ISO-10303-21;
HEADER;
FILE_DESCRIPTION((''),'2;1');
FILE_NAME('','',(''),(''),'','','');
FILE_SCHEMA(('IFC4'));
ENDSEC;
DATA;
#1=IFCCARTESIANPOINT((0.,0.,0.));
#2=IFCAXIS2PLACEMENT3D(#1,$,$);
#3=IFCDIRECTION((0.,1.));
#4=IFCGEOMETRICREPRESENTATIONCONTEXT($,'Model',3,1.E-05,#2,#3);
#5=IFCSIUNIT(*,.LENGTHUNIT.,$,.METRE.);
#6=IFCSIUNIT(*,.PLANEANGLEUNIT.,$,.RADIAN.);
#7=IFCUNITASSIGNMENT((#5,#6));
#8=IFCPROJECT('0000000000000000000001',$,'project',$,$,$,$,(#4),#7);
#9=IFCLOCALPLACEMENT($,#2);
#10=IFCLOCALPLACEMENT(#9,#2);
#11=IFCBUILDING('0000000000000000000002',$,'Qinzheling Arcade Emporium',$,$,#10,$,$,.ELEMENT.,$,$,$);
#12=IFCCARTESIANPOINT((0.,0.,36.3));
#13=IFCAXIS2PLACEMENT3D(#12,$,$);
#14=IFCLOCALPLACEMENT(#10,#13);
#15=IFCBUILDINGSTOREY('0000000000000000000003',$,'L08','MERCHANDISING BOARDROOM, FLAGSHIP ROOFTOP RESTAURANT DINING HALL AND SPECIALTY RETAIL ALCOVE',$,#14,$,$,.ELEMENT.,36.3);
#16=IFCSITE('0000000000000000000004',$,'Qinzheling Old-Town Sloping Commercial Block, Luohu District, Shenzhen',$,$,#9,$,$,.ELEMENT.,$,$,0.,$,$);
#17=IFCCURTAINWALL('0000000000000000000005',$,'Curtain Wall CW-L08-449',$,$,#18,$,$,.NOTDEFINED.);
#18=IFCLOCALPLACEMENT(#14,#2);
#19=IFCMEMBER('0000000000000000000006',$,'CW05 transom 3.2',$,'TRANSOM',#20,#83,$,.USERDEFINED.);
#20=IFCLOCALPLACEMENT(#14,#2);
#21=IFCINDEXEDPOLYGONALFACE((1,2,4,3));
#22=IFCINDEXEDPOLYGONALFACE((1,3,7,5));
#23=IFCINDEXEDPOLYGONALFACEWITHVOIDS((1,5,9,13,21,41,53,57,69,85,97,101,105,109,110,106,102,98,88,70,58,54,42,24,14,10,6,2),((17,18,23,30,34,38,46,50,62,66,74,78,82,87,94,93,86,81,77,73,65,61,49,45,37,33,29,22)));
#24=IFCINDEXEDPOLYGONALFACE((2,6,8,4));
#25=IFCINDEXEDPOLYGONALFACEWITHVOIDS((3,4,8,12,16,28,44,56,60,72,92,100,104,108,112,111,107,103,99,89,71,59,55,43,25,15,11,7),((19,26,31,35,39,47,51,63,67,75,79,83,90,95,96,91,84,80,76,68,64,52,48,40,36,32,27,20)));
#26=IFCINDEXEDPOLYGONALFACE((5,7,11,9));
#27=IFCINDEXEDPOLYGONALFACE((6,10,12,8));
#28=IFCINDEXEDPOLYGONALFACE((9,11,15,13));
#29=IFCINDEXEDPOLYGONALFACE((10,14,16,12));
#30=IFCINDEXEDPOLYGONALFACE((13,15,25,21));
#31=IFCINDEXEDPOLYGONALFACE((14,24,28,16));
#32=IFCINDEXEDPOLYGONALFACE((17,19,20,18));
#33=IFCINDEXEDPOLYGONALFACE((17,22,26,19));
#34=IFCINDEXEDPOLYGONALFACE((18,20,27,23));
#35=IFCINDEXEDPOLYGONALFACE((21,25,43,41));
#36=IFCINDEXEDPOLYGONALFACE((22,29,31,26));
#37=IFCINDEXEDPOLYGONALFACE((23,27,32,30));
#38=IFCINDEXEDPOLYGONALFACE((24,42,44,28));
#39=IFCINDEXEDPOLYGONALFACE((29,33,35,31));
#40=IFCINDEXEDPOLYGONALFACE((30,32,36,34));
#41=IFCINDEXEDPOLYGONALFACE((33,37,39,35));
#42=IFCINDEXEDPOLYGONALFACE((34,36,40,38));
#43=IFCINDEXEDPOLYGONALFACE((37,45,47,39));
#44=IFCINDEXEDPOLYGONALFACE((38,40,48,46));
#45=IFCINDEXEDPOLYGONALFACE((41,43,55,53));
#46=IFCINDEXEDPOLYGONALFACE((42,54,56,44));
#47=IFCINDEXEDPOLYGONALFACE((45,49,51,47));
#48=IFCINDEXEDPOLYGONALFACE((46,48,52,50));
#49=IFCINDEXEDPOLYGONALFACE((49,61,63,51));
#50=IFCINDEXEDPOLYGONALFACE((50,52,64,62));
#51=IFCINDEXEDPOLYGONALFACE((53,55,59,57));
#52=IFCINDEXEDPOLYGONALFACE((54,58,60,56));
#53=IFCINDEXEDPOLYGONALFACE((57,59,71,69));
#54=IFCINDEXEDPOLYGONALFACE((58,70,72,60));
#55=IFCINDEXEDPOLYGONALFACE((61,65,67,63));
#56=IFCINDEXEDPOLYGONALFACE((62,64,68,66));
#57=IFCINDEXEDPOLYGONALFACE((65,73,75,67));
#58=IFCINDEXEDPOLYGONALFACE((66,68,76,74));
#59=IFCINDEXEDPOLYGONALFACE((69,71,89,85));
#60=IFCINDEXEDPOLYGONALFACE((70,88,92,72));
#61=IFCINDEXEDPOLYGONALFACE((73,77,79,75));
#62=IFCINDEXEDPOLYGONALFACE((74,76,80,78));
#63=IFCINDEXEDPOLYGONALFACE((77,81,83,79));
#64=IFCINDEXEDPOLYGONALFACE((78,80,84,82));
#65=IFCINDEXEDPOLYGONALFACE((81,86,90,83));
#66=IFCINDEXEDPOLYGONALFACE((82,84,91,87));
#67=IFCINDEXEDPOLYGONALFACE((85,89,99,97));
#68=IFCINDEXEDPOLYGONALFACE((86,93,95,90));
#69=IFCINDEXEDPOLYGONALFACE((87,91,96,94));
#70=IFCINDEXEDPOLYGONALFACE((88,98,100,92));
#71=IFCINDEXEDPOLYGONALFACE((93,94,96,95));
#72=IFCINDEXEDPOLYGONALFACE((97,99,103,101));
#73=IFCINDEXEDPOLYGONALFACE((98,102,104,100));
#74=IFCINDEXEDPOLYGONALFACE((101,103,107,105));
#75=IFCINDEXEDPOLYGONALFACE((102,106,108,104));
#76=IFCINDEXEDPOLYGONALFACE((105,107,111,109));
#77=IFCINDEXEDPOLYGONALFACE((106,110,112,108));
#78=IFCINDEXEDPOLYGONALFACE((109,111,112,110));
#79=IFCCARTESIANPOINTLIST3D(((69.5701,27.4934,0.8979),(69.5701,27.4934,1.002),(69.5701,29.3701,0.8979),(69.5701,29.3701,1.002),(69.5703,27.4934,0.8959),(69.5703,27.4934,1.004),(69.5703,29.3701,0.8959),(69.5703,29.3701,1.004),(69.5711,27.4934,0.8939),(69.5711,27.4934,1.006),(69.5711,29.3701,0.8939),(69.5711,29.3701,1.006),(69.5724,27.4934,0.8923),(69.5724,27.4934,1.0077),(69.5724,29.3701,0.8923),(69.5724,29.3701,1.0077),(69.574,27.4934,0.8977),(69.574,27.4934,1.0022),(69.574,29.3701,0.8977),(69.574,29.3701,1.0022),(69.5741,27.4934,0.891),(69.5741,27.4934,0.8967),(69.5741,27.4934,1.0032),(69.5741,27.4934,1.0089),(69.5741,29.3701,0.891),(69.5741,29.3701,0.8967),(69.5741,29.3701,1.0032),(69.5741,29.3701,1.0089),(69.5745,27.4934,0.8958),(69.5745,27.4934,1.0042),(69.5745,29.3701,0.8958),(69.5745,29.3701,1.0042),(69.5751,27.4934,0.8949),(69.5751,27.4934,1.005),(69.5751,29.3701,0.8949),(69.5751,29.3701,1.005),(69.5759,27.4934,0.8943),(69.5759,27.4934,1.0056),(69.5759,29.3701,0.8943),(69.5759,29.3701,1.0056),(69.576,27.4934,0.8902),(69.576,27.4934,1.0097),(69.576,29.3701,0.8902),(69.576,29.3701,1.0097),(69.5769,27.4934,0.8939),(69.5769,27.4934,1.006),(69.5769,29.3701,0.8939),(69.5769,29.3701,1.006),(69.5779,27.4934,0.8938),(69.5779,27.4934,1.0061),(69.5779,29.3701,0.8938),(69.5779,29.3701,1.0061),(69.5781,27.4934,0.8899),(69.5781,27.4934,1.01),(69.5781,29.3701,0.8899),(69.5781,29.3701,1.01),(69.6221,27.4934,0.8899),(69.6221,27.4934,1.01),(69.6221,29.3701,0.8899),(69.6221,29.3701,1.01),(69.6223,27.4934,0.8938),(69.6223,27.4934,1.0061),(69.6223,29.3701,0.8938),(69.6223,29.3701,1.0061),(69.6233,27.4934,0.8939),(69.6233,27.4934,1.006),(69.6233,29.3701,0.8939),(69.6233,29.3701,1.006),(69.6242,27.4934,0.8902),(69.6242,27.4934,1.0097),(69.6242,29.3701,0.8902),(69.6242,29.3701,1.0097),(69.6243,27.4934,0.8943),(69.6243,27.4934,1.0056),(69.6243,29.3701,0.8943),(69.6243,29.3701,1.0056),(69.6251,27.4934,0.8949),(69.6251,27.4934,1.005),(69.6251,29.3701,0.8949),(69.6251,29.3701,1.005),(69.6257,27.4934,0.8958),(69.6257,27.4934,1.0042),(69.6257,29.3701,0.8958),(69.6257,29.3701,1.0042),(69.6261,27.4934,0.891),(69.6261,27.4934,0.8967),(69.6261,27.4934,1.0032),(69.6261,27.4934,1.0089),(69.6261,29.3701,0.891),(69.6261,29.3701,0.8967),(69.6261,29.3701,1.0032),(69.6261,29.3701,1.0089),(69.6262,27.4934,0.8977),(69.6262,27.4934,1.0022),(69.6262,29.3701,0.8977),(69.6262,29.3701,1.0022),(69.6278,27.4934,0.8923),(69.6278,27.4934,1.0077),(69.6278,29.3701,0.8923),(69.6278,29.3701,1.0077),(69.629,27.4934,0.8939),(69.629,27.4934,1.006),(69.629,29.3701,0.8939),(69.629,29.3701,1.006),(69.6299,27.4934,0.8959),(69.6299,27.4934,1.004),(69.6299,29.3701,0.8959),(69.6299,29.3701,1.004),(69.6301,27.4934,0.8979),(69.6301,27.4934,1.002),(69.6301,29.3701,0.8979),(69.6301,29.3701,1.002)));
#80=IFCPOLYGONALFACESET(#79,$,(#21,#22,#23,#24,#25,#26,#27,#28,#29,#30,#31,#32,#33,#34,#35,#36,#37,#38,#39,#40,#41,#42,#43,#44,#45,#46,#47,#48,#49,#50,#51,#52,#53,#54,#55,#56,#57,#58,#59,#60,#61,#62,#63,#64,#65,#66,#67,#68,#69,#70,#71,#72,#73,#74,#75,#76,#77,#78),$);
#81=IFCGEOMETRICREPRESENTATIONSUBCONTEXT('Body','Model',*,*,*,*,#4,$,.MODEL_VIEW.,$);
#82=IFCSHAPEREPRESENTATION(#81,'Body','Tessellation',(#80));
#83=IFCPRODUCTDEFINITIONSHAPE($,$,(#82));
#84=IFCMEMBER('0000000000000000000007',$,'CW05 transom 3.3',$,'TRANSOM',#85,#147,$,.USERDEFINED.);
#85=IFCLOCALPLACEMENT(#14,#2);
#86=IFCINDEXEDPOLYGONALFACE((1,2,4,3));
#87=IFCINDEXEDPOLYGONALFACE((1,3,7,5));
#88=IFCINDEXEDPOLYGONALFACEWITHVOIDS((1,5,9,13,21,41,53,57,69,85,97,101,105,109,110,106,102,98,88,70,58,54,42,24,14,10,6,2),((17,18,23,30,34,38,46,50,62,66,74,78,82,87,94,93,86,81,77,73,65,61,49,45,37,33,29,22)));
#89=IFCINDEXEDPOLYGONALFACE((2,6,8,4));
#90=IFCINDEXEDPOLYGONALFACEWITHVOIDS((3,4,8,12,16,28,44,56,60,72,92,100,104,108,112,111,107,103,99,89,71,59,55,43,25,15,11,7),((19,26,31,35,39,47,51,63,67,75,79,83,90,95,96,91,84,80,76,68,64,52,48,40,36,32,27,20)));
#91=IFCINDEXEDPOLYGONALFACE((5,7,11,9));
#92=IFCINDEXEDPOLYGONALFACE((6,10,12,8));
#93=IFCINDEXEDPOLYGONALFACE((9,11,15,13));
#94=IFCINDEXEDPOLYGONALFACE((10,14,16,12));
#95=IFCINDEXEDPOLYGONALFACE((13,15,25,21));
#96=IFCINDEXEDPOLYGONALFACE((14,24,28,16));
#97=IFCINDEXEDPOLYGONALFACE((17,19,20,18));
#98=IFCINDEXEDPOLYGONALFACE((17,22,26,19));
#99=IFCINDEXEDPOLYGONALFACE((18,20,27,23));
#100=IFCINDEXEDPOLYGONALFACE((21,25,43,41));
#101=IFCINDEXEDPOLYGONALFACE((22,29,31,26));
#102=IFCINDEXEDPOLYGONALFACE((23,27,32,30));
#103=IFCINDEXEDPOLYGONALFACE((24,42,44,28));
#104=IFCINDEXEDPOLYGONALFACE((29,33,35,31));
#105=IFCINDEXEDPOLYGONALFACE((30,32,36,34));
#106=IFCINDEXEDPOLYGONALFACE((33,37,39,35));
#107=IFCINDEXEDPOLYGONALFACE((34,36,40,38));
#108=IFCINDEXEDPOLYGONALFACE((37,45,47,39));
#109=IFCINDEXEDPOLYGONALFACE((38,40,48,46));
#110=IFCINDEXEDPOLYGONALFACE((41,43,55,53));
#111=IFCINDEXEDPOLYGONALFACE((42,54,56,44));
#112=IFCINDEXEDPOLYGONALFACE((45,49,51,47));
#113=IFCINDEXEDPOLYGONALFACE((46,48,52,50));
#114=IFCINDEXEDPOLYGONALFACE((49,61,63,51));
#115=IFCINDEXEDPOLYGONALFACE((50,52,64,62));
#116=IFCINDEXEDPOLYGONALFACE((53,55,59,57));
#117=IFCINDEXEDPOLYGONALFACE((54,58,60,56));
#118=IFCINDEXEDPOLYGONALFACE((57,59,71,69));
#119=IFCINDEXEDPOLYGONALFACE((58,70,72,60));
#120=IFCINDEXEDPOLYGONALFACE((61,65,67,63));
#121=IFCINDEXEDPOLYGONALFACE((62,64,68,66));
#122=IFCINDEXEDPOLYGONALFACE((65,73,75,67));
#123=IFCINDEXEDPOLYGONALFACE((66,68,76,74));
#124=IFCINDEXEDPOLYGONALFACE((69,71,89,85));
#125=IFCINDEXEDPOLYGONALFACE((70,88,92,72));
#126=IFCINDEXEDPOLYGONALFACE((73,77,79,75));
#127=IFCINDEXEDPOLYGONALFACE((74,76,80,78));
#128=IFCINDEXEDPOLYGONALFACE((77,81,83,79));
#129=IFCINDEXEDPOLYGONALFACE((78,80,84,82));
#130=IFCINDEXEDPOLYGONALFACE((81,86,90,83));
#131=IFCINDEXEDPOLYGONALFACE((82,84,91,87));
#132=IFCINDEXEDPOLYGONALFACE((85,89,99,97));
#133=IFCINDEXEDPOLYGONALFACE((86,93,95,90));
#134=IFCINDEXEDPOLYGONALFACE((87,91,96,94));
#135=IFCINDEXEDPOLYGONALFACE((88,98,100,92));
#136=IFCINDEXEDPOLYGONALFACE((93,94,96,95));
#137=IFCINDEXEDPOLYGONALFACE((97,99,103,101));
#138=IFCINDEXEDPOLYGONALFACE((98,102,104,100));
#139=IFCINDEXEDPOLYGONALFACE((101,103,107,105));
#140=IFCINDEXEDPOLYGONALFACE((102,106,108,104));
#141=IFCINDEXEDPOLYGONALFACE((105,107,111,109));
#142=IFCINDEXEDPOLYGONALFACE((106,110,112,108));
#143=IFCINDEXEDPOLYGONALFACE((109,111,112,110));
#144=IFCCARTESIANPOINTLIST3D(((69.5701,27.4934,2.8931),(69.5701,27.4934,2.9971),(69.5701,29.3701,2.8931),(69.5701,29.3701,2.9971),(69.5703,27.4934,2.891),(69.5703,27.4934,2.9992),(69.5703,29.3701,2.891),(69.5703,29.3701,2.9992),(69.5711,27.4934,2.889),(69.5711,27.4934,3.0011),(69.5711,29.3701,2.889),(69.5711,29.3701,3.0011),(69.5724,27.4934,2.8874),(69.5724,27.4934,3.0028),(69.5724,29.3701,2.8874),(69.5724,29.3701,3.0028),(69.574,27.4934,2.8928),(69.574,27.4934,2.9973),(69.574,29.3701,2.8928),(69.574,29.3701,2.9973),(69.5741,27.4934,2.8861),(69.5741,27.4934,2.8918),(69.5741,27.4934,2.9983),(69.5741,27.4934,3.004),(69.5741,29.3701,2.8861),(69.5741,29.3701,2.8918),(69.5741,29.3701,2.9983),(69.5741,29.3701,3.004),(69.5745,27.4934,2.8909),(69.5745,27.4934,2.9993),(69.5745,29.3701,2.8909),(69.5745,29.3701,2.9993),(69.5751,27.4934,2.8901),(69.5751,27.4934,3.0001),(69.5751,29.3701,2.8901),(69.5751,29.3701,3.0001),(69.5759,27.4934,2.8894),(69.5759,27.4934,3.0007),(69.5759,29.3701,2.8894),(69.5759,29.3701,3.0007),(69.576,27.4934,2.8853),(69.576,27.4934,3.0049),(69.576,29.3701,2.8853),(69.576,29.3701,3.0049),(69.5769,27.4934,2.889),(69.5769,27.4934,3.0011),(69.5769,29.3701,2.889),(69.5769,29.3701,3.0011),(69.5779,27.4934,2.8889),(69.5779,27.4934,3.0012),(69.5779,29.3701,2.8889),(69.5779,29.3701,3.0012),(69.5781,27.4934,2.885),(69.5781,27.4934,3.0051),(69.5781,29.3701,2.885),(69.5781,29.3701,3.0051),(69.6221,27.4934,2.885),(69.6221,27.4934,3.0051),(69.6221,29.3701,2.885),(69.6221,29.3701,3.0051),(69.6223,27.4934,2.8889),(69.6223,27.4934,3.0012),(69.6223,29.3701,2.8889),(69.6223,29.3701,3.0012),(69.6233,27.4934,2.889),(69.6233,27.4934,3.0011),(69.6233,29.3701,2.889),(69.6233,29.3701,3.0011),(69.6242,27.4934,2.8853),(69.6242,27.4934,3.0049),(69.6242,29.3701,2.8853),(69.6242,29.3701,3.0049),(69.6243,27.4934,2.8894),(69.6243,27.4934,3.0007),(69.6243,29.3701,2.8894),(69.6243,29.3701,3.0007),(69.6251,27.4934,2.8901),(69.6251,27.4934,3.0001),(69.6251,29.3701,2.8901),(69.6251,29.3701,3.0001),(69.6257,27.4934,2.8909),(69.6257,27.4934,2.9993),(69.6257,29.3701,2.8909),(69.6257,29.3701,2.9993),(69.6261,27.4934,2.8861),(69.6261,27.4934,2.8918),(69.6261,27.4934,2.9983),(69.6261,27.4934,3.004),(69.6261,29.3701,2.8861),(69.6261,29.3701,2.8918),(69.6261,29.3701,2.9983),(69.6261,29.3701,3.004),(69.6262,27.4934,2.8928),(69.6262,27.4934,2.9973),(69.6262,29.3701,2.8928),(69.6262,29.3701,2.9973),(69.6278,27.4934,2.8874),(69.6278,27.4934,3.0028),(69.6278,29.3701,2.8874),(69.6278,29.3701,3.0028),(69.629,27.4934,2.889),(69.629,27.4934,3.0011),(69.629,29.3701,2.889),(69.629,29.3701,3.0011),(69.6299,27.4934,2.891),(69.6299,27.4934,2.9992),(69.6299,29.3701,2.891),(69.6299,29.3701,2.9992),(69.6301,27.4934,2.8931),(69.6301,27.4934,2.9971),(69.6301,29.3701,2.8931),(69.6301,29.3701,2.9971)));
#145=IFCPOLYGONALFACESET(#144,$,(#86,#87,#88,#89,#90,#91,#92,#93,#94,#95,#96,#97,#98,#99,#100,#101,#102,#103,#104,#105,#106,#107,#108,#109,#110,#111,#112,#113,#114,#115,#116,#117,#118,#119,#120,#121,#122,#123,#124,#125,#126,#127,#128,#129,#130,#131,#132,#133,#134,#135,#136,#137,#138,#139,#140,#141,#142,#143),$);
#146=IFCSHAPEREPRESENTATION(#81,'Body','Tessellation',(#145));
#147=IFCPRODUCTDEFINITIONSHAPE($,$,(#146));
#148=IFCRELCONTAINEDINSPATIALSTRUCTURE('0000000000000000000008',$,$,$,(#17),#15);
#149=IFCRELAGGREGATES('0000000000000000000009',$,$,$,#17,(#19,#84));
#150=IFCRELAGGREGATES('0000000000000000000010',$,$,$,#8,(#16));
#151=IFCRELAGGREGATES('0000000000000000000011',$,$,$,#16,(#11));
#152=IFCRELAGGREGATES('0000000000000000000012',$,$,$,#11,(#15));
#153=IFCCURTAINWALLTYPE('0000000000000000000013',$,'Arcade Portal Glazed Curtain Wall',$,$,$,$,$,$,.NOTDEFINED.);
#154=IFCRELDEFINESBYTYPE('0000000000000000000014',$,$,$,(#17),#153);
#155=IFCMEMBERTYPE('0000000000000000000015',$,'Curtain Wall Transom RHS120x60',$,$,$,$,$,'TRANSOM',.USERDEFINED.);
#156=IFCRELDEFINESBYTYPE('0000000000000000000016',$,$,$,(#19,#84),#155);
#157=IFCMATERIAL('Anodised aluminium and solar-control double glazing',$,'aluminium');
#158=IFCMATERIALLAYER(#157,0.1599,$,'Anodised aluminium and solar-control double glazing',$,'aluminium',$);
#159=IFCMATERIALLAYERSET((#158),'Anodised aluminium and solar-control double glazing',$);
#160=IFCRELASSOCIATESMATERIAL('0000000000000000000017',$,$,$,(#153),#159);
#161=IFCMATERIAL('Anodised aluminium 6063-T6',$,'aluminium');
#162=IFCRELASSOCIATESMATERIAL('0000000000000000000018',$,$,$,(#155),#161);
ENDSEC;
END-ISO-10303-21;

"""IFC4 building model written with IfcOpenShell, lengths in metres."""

from ifc_helpers import new_model, si_unit, direction, frame, origin, origin_2d, place, context, subcontext, project, spatial, hollow_rectangle, extrude, material, layer, layer_set, material_profile, profile_set, type_object, element, aggregate, save


model = new_model("IFC4")

# Units and contexts
model_context = context("Model", 3, precision=1e-05, world=origin(), true_north=direction((0.0, 1.0)))
body_context = subcontext(model_context, "Body", "Model", "MODEL_VIEW")
ifc_project = project(units=[si_unit("LENGTHUNIT", "METRE"), si_unit("PLANEANGLEUNIT", "RADIAN")], contexts=[model_context])

# Site, building, storey
site_placement = place(None, origin())
site = spatial("IfcSite", under=ifc_project, at=site_placement, Name="Qinzheling Old-Town Sloping Commercial Block, Luohu District, Shenzhen", CompositionType="ELEMENT", RefElevation=0.0)
building_placement = place(site_placement, origin())
building = spatial("IfcBuilding", under=site, at=building_placement, Name="Qinzheling Arcade Emporium", CompositionType="ELEMENT")
storey_placement = place(building_placement, frame((0.0, 0.0, 36.3)))
storey = spatial("IfcBuildingStorey", under=building, at=storey_placement, Name="L08", Description="MERCHANDISING BOARDROOM, FLAGSHIP ROOFTOP RESTAURANT DINING HALL AND SPECIALTY RETAIL ALCOVE", CompositionType="ELEMENT", Elevation=36.3)

# Curtain wall, members
ifc_material_1 = material(Name="Anodised aluminium and solar-control double glazing", Category="aluminium")
ifc_layer_1 = layer(ifc_material_1, 0.1599, Name="Anodised aluminium and solar-control double glazing", Category="aluminium")
ifc_layer_set_1 = layer_set([ifc_layer_1], Name="Anodised aluminium and solar-control double glazing")
curtain_wall_type = type_object("IfcCurtainWallType", Name="Arcade Portal Glazed Curtain Wall", PredefinedType="NOTDEFINED", material=ifc_layer_set_1)
curtain_wall_placement = place(storey_placement, origin())
curtain_wall = element("IfcCurtainWall", 1, at=curtain_wall_placement, inside=storey, type_object=curtain_wall_type, Name="Curtain Wall CW-L08-449", PredefinedType="NOTDEFINED")
ifc_material_2 = material(Name="Anodised aluminium 6063-T6", Category="aluminium")
ifc_material_profile_1 = material_profile(ifc_material_2, hollow_rectangle(XDim=0.0601, YDim=0.1201, WallThickness=0.0039, InnerFilletRadius=0.0039, OuterFilletRadius=0.0081, at=origin_2d()), Name="RHS 120x60x4", Category="aluminium")
ifc_profile_set_1 = profile_set([ifc_material_profile_1], Name="Anodised aluminium 6063-T6")
member_type_1 = type_object("IfcMemberType", Name="Curtain Wall Transom RHS120x60", ElementType="TRANSOM", PredefinedType="USERDEFINED", material=ifc_profile_set_1)
member_1_placement = place(storey_placement, frame((69.6001, 29.3701, 0.95), z_axis=(0.0, -1.0, 0.0), x_axis=(1.0, 0.0, 0.0)))
member_1 = element("IfcMember", 2, at=member_1_placement, type_object=member_type_1, Name="CW05 transom 3.2", ObjectType="TRANSOM", PredefinedType="USERDEFINED", context=body_context, shape_type="SweptSolid", body=[
    extrude(hollow_rectangle(XDim=0.0601, YDim=0.1201, WallThickness=0.0039, InnerFilletRadius=0.0039, OuterFilletRadius=0.0081, at=origin_2d()), origin(), (0.0, 0.0, 1.0), 1.8767),
])
member_2_placement = place(storey_placement, frame((69.6001, 29.3701, 2.9451), z_axis=(0.0, -1.0, 0.0), x_axis=(1.0, 0.0, 0.0)))
member_2 = element("IfcMember", 3, at=member_2_placement, type_object=member_type_1, Name="CW05 transom 3.3", ObjectType="TRANSOM", PredefinedType="USERDEFINED", context=body_context, shape_type="SweptSolid", body=[
    extrude(hollow_rectangle(XDim=0.0601, YDim=0.1201, WallThickness=0.0039, InnerFilletRadius=0.0039, OuterFilletRadius=0.0081, at=origin_2d()), origin(), (0.0, 0.0, 1.0), 1.8767),
])

aggregate(curtain_wall, [member_1, member_2])

save(model, "model.ifc")
